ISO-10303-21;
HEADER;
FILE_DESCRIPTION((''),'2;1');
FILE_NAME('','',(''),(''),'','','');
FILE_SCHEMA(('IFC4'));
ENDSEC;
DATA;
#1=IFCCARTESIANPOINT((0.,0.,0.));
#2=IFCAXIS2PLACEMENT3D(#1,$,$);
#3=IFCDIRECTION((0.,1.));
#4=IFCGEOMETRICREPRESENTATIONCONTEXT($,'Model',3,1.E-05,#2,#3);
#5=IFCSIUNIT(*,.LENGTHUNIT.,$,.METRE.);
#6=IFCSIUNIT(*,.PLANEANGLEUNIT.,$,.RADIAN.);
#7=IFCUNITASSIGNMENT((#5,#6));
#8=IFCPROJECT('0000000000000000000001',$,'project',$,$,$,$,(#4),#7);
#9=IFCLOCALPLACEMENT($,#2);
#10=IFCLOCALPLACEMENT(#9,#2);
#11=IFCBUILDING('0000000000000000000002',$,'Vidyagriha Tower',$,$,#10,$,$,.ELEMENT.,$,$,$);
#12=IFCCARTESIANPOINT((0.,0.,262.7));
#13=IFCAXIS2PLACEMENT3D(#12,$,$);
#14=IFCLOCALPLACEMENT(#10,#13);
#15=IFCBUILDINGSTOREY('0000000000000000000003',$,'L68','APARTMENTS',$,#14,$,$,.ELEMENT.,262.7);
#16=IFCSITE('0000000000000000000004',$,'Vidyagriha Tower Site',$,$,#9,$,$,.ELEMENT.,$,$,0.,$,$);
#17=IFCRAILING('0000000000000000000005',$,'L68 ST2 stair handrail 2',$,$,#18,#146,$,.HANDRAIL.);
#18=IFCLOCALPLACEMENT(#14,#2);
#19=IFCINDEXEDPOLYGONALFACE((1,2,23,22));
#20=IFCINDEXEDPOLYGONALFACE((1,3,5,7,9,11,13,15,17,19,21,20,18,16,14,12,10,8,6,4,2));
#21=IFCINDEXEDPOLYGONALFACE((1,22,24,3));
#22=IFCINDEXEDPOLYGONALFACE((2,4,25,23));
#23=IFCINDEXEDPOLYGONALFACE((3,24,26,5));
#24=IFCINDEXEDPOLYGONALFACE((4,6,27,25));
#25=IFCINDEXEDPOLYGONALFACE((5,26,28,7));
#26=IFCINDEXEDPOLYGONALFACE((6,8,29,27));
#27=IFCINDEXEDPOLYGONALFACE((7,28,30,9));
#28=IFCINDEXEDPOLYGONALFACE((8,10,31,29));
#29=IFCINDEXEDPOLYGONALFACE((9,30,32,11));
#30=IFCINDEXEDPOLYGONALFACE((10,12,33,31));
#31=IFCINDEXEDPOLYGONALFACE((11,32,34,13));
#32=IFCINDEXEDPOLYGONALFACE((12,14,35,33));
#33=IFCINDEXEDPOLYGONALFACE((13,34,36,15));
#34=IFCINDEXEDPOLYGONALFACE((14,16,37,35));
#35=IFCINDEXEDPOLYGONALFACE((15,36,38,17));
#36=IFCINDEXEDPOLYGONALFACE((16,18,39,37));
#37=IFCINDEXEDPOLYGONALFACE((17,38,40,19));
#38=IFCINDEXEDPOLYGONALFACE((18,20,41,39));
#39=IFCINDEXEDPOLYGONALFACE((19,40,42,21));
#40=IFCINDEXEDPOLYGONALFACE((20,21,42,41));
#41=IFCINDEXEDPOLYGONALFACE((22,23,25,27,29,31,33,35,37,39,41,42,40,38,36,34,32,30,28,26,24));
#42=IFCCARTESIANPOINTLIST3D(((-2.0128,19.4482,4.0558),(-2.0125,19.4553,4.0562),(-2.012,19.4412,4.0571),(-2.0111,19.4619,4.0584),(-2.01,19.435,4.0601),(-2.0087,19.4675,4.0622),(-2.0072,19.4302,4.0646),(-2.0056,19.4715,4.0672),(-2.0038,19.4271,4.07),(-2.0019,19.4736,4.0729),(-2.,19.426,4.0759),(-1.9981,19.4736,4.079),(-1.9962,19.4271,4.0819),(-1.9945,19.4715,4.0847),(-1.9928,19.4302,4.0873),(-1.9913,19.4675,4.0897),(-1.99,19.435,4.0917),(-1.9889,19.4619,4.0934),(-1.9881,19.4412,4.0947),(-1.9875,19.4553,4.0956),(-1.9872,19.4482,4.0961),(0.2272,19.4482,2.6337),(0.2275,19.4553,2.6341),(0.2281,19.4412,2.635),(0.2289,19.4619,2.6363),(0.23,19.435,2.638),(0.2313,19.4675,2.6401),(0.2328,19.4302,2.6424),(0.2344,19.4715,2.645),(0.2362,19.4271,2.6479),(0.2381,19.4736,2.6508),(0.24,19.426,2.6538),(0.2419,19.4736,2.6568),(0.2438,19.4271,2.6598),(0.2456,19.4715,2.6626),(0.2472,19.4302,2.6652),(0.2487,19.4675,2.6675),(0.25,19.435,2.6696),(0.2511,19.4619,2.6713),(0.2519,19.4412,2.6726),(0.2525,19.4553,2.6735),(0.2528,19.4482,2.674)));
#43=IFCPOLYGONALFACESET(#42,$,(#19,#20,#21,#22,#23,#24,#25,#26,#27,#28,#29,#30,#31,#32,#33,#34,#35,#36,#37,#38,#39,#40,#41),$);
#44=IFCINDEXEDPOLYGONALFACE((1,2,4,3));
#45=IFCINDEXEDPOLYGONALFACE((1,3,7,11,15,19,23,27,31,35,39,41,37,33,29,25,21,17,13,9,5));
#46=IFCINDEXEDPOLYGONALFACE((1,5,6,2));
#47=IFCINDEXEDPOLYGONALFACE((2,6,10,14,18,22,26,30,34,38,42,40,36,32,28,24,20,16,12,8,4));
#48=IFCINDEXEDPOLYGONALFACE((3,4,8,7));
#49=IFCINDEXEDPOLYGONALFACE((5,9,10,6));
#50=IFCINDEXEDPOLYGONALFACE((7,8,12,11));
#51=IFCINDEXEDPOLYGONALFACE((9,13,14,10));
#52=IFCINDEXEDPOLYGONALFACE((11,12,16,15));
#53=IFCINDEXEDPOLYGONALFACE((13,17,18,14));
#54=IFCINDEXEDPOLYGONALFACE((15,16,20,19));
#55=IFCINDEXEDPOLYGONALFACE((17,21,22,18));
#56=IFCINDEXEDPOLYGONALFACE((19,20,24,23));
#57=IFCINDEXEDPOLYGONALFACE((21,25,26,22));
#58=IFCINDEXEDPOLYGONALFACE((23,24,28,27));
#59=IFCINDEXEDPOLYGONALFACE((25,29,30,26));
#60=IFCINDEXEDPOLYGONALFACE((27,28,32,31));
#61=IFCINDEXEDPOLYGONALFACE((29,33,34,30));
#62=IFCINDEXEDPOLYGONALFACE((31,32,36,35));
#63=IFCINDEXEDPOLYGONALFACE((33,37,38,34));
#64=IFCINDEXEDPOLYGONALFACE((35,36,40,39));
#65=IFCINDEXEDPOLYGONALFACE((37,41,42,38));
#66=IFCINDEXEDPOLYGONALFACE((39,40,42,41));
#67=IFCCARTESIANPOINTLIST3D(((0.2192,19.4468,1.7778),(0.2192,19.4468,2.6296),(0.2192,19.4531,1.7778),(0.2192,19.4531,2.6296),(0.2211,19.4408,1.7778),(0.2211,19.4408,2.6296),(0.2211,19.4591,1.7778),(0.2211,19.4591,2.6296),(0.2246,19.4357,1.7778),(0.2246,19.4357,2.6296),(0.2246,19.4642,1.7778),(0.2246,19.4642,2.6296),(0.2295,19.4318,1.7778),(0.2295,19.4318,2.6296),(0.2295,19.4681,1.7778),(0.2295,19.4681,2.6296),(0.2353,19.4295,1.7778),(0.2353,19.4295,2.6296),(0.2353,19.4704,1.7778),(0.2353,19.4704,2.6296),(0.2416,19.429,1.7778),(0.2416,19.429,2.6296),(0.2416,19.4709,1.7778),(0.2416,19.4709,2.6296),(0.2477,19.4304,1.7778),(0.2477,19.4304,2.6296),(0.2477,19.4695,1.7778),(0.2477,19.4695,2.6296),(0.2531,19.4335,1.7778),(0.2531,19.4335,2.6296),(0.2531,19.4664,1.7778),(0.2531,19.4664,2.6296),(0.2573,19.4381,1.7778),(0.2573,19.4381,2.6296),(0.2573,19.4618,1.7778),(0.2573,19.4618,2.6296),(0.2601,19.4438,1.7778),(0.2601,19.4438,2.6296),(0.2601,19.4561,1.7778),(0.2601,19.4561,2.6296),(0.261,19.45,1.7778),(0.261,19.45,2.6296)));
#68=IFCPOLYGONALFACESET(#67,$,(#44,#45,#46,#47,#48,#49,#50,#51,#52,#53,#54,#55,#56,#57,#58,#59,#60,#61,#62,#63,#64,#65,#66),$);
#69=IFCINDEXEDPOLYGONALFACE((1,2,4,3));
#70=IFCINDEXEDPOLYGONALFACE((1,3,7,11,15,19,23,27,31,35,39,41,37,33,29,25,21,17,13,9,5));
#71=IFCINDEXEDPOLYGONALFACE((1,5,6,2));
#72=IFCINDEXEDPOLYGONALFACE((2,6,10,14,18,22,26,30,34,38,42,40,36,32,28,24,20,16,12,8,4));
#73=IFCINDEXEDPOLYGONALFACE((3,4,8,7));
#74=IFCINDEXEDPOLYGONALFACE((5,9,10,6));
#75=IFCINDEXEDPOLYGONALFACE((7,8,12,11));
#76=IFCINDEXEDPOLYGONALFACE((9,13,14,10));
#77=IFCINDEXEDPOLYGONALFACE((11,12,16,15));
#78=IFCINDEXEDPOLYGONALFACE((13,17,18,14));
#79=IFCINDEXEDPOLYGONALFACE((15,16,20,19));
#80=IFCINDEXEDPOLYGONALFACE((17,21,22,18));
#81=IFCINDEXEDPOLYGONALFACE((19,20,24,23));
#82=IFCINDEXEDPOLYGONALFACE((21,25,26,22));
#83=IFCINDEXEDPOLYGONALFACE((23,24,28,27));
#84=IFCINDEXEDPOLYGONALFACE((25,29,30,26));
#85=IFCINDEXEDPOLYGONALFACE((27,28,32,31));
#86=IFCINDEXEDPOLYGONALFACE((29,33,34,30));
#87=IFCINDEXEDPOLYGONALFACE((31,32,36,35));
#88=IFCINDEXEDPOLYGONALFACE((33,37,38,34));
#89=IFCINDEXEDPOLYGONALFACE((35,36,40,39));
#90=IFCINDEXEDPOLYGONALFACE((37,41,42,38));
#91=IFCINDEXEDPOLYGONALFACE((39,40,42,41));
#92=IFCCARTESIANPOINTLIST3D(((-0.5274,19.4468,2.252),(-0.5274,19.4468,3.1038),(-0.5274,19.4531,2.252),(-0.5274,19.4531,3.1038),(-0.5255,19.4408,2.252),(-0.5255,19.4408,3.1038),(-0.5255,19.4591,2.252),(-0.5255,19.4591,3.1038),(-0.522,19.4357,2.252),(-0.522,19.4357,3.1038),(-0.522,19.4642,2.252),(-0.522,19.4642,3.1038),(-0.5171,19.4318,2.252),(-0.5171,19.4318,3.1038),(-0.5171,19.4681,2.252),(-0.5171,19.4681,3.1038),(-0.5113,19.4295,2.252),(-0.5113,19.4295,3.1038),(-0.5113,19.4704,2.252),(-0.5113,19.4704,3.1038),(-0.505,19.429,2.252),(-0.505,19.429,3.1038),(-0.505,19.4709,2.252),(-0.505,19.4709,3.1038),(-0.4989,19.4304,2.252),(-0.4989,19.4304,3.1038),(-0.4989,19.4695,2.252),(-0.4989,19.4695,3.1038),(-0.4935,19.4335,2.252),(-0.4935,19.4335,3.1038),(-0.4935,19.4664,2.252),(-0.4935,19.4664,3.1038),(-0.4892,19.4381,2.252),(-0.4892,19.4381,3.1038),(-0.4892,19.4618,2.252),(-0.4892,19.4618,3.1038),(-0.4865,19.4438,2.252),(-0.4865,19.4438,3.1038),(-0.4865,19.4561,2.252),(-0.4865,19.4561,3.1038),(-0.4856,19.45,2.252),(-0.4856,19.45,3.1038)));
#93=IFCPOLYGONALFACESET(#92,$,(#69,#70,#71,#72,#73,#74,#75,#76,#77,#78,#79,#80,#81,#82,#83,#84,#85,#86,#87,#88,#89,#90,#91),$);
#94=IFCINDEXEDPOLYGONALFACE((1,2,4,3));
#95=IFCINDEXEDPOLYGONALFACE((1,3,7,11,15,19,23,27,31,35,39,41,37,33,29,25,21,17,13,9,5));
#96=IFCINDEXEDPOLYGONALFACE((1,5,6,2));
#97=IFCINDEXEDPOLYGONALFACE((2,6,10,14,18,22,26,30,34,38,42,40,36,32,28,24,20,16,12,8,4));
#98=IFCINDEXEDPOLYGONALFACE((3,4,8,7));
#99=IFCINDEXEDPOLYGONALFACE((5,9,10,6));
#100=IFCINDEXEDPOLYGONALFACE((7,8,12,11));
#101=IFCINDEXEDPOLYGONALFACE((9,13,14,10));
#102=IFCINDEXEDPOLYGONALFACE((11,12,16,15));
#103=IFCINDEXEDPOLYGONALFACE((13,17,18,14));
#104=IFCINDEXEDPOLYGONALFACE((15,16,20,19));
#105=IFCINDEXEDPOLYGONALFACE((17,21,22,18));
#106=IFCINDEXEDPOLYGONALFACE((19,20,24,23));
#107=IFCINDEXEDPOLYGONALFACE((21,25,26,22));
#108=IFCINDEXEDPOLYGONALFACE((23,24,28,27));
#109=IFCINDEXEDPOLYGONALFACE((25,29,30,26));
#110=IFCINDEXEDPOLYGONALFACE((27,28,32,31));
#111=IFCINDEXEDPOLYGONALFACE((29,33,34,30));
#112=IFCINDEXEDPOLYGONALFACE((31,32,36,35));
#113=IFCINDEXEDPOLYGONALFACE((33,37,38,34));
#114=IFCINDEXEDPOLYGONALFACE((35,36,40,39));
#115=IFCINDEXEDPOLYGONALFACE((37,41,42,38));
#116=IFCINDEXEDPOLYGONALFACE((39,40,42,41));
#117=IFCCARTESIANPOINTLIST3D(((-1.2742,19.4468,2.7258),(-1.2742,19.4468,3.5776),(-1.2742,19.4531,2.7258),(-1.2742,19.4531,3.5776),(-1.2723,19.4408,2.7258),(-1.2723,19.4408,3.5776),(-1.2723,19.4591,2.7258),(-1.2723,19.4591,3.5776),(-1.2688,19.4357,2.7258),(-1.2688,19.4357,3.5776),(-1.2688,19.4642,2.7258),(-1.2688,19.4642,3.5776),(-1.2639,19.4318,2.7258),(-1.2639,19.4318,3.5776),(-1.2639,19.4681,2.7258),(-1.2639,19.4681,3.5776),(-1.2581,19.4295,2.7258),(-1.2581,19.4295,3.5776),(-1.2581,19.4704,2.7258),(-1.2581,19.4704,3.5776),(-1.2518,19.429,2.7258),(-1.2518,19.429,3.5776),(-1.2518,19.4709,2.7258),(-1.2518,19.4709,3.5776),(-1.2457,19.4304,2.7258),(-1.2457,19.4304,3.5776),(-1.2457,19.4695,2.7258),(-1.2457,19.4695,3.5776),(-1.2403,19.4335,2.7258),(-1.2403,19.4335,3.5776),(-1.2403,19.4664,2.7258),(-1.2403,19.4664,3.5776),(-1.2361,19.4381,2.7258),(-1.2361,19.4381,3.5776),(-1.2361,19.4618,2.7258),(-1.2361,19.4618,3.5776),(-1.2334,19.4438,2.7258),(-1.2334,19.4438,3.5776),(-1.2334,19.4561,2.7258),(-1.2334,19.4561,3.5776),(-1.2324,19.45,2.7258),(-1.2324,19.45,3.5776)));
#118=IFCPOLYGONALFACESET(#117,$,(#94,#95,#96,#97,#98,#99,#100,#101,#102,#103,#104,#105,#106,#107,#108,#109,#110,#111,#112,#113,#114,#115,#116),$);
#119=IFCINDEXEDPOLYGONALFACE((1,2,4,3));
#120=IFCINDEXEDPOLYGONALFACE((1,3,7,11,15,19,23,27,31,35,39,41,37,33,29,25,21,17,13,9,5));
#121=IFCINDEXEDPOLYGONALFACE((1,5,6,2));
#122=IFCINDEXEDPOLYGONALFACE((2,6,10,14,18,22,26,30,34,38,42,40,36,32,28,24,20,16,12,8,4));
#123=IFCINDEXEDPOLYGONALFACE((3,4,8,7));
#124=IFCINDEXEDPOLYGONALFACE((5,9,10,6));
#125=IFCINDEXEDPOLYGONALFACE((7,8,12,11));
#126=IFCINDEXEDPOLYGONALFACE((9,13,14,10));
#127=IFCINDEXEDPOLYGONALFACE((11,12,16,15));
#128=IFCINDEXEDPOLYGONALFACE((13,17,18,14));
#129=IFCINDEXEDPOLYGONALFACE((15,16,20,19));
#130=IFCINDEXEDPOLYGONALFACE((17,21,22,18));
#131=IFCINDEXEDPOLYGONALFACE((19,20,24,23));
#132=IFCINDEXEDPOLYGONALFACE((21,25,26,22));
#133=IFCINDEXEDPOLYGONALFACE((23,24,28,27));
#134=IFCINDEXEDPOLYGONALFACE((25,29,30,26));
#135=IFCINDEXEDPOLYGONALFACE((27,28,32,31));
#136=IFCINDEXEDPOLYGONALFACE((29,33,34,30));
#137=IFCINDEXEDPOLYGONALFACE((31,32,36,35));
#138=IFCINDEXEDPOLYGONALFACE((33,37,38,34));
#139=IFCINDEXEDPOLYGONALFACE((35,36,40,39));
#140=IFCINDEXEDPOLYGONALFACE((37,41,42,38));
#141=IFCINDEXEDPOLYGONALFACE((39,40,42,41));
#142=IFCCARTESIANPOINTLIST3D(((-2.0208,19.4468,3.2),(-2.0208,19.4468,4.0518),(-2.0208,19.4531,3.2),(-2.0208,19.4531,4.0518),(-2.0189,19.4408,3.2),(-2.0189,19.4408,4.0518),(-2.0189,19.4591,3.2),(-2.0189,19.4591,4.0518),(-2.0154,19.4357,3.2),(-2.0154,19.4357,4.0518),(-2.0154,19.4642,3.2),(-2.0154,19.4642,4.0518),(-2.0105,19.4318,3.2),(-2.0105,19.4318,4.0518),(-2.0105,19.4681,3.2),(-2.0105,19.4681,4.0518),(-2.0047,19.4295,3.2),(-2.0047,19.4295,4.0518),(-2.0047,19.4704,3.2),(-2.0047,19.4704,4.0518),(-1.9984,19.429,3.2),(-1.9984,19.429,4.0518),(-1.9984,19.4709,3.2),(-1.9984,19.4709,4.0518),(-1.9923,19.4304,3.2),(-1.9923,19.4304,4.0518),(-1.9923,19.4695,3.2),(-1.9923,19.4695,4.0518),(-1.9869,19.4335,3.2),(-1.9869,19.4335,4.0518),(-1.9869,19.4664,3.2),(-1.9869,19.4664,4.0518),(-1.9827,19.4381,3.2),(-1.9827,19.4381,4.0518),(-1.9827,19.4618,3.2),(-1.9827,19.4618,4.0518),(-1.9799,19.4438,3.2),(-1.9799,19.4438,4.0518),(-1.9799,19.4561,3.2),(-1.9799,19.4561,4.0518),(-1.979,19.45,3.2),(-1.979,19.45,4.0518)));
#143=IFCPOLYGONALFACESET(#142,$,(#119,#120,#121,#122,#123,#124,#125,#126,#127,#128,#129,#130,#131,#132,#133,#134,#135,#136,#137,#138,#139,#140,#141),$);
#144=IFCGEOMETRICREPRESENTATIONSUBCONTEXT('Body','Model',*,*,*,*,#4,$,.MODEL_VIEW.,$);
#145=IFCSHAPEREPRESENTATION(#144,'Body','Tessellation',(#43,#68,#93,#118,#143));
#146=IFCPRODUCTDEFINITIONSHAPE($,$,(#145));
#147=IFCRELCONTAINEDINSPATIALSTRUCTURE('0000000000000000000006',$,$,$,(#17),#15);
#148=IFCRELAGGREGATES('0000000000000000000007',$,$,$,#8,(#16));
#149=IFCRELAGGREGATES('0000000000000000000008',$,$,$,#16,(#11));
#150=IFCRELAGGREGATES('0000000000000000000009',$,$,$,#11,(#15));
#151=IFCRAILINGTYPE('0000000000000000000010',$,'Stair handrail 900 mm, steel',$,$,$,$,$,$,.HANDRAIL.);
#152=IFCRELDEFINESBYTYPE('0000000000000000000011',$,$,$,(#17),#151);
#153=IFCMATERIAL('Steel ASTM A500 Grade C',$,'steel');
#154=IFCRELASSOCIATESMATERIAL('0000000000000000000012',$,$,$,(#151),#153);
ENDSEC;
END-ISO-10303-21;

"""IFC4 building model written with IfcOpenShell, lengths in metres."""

from ifc_helpers import new_model, si_unit, direction, frame, origin, origin_2d, place, context, subcontext, project, spatial, circle, extrude, material, type_object, element, save


model = new_model("IFC4")

# Units and contexts
model_context = context("Model", 3, precision=1e-05, world=origin(), true_north=direction((0.0, 1.0)))
body_context = subcontext(model_context, "Body", "Model", "MODEL_VIEW")
ifc_project = project(units=[si_unit("LENGTHUNIT", "METRE"), si_unit("PLANEANGLEUNIT", "RADIAN")], contexts=[model_context])

# Site, building, storey
site_placement = place(None, origin())
site = spatial("IfcSite", under=ifc_project, at=site_placement, Name="Vidyagriha Tower Site", CompositionType="ELEMENT", RefElevation=0.0)
building_placement = place(site_placement, origin())
building = spatial("IfcBuilding", under=site, at=building_placement, Name="Vidyagriha Tower", CompositionType="ELEMENT")
storey_placement = place(building_placement, frame((0.0, 0.0, 262.7)))
storey = spatial("IfcBuildingStorey", under=building, at=storey_placement, Name="L68", Description="APARTMENTS", CompositionType="ELEMENT", Elevation=262.7)

# Railing
ifc_material_1 = material(Name="Steel ASTM A500 Grade C", Category="steel")
railing_type_1 = type_object("IfcRailingType", Name="Stair handrail 900 mm, steel", PredefinedType="HANDRAIL", material=ifc_material_1)
for number, where, name in (
    (1, (0.24, 19.45, 1.7778), "L68 ST2 stair handrail 2"),
):
    element("IfcRailing", number, at=place(storey_placement, frame(where)), inside=storey, type_object=railing_type_1, Name=name, PredefinedType="HANDRAIL", context=body_context, shape_type="SweptSolid", body=[
        extrude(circle(Radius=0.0239, at=origin_2d()), frame((0.0, 0.0, 0.876), z_axis=(-0.844229, 0.0, 0.535982), x_axis=(0.0, -1.0, 0.0)), (0.0, 0.0, 1.0), 2.6533),
        extrude(circle(Radius=0.021, at=origin_2d()), origin(), (0.0, 0.0, 1.0), 0.8518),
        extrude(circle(Radius=0.021, at=origin_2d()), frame((-0.7466, 0.0, 0.4741)), (0.0, 0.0, 1.0), 0.8518),
        extrude(circle(Radius=0.021, at=origin_2d()), frame((-1.4934, 0.0, 0.948)), (0.0, 0.0, 1.0), 0.8518),
        extrude(circle(Radius=0.021, at=origin_2d()), frame((-2.24, 0.0, 1.4221)), (0.0, 0.0, 1.0), 0.8518),
    ])

save(model, "model.ifc")
